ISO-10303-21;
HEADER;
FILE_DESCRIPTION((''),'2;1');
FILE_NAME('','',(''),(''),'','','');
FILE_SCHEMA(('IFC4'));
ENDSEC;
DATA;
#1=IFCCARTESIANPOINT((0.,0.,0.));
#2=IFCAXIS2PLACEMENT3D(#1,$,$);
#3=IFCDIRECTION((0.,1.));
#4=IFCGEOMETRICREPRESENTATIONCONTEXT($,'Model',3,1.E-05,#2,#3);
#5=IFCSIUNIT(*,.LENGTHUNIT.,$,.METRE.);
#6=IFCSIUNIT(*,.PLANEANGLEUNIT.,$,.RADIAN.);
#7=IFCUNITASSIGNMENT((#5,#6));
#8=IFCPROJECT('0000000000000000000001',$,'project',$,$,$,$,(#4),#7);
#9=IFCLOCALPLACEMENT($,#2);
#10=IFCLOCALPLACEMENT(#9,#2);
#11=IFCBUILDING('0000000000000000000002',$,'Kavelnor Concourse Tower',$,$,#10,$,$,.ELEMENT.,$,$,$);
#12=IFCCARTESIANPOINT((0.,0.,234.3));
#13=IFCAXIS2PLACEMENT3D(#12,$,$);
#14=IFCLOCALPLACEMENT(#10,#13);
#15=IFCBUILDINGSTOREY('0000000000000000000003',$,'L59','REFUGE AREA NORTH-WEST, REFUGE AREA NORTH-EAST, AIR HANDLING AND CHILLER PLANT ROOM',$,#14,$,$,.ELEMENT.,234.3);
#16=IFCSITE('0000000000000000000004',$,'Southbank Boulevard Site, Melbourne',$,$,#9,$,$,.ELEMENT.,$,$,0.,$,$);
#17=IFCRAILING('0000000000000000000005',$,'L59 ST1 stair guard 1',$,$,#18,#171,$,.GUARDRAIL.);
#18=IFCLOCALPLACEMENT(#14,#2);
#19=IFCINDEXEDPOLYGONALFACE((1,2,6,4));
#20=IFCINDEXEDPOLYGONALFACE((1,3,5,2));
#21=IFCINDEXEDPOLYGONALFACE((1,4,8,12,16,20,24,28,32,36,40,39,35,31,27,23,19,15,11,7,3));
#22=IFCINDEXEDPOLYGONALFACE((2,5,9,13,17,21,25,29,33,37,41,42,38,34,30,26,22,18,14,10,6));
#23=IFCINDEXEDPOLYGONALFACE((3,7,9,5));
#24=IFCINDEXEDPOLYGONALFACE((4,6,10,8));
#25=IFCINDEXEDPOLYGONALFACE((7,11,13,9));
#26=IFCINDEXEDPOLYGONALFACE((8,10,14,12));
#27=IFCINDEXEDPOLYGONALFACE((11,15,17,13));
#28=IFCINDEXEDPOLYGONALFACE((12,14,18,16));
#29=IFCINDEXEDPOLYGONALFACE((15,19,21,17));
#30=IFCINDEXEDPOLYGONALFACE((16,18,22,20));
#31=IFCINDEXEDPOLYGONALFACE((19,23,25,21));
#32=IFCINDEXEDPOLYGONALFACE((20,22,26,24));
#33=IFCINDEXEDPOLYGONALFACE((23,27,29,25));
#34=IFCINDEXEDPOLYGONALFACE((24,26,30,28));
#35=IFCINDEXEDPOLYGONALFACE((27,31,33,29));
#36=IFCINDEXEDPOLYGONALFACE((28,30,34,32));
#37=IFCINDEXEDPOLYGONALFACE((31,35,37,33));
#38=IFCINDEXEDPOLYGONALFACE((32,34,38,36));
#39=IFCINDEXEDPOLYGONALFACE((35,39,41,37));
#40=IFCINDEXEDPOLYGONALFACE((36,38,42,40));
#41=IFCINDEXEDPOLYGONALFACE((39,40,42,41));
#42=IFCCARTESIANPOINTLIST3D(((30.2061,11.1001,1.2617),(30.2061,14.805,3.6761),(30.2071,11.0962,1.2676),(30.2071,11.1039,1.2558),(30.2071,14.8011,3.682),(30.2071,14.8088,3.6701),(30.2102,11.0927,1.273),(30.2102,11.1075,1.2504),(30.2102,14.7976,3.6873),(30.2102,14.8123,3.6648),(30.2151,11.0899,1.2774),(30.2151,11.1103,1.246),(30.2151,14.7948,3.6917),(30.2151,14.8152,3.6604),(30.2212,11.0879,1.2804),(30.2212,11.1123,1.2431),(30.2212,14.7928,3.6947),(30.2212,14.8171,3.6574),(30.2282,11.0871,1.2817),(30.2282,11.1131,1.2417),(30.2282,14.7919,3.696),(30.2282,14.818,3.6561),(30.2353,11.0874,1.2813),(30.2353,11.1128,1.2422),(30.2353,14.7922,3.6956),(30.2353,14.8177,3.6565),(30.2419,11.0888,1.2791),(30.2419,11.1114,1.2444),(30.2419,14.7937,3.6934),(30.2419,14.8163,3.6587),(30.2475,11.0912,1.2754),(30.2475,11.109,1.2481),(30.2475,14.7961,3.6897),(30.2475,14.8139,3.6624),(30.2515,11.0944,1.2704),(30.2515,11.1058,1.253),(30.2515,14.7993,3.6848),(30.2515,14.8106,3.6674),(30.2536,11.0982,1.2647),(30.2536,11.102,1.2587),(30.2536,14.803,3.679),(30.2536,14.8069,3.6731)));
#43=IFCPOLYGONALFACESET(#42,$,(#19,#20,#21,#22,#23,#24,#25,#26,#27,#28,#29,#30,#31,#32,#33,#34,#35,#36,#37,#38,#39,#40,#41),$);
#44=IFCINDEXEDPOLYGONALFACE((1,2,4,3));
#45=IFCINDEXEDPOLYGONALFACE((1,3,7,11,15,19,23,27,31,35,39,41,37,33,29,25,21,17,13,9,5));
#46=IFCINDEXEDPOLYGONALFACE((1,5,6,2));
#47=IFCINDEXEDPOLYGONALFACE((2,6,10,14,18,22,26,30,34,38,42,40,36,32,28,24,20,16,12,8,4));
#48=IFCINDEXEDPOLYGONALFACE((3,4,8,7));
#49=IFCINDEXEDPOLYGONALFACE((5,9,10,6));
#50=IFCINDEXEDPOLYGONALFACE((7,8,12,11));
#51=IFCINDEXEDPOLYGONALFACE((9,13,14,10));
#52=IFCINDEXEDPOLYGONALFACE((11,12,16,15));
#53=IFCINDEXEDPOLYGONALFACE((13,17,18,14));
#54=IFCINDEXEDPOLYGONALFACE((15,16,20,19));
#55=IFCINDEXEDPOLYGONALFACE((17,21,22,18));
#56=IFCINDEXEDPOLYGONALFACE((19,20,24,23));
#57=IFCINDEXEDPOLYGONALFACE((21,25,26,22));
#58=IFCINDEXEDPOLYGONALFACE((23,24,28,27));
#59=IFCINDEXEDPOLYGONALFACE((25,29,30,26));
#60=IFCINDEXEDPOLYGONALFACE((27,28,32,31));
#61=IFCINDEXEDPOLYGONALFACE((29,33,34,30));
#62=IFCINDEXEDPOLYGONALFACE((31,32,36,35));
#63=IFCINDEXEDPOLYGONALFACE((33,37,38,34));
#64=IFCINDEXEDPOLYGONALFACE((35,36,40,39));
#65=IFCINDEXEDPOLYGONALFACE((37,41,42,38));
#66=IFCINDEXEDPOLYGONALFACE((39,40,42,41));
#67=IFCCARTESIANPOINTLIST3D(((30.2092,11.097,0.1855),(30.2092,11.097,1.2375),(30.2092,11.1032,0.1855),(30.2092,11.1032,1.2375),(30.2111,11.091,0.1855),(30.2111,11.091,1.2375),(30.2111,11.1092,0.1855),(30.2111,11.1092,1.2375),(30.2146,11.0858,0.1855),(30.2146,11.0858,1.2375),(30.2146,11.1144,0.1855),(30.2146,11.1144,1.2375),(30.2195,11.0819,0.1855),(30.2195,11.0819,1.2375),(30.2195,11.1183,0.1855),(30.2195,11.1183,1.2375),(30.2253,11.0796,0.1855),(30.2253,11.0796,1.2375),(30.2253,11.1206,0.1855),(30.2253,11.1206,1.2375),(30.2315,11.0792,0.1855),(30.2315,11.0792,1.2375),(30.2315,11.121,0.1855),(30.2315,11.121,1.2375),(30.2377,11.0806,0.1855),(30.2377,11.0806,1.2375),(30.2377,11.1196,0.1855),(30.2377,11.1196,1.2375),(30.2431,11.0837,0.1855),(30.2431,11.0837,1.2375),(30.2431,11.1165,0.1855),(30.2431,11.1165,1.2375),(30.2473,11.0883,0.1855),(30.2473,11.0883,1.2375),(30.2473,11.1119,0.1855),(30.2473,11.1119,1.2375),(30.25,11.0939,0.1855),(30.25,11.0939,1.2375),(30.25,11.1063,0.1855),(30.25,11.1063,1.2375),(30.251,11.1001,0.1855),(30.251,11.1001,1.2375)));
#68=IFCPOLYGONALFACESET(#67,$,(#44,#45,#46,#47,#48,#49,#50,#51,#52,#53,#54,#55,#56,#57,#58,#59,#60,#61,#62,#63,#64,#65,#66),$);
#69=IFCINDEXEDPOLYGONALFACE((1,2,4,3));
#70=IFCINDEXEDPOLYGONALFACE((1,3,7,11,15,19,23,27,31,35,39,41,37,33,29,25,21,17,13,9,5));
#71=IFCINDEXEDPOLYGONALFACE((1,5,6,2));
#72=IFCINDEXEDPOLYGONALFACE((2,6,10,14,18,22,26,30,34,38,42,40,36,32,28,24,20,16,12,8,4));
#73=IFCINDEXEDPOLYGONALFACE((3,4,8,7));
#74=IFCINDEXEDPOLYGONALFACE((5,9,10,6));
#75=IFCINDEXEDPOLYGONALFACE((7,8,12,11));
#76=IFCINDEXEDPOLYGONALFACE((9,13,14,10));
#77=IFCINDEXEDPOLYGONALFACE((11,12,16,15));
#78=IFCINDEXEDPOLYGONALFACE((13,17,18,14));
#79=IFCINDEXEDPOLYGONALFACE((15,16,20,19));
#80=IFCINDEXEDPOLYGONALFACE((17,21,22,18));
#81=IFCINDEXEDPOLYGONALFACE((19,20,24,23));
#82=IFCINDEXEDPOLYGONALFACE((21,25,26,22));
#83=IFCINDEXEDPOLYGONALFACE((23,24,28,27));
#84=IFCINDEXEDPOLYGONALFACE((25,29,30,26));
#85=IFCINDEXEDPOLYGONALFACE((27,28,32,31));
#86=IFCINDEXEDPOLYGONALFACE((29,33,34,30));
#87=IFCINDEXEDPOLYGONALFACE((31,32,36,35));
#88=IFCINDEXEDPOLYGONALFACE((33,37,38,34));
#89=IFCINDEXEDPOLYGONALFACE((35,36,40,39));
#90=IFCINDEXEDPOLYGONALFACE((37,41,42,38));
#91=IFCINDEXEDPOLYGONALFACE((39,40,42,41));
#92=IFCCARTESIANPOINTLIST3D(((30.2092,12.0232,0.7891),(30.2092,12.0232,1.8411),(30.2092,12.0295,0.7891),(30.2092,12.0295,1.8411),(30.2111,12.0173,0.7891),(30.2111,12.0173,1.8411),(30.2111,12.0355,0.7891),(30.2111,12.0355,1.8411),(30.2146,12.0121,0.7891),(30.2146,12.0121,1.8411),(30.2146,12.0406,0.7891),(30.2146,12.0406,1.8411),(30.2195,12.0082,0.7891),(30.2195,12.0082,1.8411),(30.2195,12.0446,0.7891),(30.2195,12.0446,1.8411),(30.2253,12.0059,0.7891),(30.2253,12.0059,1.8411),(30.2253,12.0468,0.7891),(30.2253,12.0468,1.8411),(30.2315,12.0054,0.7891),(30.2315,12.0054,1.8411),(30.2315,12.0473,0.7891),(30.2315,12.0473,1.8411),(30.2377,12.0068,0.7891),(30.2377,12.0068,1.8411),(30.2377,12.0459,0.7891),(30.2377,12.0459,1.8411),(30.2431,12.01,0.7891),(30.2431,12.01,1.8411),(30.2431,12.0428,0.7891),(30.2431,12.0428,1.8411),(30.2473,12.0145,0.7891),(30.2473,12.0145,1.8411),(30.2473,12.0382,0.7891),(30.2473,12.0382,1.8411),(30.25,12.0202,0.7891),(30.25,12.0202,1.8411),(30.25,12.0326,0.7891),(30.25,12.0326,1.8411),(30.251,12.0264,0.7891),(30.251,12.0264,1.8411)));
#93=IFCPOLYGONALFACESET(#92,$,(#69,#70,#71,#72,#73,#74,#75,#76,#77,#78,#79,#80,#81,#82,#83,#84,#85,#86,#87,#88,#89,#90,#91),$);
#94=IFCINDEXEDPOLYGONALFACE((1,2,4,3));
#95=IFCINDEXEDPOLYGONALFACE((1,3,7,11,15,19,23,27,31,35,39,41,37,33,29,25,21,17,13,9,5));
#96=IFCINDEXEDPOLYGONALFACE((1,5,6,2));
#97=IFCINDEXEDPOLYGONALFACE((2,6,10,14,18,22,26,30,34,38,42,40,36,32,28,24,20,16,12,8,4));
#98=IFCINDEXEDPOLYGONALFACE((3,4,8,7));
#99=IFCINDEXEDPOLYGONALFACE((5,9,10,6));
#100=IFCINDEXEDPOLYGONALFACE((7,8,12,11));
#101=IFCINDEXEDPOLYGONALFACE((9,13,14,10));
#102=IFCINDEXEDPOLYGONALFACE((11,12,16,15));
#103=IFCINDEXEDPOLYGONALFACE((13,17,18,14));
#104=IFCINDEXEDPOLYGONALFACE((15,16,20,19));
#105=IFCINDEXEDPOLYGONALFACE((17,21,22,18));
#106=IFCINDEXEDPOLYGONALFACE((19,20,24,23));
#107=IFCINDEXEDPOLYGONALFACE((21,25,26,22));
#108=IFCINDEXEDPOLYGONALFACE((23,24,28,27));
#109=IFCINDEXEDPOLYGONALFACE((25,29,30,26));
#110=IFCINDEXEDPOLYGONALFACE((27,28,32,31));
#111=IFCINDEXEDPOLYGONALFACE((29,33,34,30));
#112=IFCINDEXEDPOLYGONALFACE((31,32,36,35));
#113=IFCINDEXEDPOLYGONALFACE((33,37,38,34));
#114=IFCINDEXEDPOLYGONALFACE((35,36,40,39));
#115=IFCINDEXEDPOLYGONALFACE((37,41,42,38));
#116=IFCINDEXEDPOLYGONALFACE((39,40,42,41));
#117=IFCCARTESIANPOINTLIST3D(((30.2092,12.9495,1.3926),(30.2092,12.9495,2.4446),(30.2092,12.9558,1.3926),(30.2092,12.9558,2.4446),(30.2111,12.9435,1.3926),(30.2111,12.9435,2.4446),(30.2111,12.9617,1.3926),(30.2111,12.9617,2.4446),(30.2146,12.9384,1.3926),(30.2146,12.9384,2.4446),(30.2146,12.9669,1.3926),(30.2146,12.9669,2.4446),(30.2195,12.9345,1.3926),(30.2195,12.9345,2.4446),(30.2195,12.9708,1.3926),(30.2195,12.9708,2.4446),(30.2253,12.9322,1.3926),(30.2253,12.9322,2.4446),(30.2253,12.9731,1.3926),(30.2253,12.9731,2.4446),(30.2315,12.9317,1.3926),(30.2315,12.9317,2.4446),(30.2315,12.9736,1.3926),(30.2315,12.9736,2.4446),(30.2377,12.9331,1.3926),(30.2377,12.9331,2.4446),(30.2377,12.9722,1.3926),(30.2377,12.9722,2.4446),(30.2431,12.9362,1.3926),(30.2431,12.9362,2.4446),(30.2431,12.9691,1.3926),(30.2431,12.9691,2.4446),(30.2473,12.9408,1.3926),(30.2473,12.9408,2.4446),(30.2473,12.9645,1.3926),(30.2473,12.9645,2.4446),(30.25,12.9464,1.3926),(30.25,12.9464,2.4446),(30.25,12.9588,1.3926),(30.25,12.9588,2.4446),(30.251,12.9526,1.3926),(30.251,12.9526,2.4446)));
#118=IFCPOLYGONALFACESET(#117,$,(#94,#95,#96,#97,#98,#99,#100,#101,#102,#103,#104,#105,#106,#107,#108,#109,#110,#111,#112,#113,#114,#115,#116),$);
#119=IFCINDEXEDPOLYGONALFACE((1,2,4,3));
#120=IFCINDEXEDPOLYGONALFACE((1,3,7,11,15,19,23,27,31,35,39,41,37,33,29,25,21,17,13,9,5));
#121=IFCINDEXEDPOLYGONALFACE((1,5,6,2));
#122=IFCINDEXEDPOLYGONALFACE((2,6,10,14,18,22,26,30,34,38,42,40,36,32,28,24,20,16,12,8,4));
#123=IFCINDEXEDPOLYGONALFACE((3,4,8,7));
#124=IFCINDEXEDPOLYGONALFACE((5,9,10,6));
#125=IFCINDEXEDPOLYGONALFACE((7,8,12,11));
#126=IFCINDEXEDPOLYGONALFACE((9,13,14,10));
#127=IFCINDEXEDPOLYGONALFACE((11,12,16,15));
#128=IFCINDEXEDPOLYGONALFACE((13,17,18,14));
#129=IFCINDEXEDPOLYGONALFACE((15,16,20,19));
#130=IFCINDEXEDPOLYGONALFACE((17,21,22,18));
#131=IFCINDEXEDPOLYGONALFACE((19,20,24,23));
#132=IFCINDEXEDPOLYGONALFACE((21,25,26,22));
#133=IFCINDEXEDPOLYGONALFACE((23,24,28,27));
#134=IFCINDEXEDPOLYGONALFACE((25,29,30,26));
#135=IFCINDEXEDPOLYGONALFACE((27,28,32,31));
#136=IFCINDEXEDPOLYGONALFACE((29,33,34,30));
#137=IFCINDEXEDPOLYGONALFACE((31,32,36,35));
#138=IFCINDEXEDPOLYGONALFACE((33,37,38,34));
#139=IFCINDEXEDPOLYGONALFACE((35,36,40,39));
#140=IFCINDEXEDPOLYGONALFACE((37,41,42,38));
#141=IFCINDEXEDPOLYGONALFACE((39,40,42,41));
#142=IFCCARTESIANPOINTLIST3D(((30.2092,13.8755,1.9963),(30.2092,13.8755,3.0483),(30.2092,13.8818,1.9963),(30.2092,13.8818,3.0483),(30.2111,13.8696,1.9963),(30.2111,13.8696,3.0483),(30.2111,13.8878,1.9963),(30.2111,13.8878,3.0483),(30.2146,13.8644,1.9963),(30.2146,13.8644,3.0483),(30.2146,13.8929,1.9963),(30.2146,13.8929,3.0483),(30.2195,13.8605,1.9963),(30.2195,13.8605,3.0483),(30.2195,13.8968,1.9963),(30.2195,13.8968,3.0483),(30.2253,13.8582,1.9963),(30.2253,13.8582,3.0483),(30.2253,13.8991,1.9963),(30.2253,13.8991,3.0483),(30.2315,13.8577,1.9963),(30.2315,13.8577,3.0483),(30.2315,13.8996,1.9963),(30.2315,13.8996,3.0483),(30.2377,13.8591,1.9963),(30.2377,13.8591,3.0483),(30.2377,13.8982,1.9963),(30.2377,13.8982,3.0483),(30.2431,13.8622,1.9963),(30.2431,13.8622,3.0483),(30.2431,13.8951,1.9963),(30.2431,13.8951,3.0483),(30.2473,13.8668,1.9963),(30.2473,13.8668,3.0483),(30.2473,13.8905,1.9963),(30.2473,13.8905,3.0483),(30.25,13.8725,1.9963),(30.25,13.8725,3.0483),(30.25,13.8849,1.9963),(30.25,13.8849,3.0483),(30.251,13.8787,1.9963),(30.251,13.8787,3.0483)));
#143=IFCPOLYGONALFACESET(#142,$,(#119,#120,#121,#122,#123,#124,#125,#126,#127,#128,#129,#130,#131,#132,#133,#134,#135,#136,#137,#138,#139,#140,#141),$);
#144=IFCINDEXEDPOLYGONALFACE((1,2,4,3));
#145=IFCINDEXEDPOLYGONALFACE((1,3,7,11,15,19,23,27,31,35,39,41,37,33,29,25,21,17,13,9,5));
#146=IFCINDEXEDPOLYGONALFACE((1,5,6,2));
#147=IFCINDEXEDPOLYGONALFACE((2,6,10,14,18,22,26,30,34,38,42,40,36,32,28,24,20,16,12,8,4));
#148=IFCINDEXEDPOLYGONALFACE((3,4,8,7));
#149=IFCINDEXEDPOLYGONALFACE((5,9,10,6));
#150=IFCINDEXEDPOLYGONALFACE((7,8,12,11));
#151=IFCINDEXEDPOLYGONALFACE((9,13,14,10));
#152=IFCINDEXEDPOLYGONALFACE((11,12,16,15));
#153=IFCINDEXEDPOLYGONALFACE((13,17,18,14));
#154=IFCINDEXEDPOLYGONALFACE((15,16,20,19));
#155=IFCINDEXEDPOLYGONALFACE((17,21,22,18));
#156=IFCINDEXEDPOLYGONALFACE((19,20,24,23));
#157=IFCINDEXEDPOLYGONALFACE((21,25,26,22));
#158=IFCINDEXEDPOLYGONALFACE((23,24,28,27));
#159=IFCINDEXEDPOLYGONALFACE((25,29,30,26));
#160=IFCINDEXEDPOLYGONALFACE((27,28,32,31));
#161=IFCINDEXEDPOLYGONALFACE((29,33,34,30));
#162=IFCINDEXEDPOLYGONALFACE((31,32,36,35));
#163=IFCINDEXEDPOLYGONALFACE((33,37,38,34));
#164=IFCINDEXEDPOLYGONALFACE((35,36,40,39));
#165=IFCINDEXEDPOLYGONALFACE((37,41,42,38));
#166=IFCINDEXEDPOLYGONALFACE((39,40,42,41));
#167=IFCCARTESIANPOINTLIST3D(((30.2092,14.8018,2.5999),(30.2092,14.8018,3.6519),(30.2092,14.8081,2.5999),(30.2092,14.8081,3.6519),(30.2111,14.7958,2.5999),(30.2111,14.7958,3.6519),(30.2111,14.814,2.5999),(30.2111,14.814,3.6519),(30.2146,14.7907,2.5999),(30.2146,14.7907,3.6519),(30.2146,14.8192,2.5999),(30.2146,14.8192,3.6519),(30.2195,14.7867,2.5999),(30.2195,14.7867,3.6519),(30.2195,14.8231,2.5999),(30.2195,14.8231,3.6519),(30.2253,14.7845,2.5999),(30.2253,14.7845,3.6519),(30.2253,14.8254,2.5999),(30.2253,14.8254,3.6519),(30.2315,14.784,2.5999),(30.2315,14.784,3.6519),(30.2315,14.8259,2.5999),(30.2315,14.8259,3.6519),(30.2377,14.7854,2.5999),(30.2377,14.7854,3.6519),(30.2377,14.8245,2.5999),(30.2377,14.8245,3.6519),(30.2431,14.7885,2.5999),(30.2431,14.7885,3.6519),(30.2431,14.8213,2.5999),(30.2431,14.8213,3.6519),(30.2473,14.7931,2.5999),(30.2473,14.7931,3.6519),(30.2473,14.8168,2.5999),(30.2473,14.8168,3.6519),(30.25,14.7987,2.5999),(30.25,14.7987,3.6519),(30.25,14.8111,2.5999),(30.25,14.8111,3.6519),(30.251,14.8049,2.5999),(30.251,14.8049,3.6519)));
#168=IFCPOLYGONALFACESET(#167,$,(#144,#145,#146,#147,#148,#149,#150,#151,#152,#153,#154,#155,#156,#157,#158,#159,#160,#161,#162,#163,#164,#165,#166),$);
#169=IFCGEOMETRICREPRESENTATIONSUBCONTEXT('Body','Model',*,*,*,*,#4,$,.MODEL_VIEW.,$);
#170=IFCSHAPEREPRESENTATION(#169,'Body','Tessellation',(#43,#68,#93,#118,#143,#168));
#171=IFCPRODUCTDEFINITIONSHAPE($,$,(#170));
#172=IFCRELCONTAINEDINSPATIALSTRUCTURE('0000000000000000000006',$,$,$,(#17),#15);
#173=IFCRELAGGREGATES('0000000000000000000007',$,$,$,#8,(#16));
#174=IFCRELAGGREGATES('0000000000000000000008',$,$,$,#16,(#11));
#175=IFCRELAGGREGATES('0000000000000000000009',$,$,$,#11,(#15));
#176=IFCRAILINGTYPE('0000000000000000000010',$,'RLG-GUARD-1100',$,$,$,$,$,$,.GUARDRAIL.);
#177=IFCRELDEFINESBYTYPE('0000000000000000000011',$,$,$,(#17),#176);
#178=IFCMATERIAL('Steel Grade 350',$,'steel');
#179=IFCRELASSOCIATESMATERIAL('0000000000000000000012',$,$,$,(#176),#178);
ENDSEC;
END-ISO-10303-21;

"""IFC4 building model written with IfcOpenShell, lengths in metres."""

from ifc_helpers import new_model, si_unit, direction, frame, origin, origin_2d, place, context, subcontext, project, spatial, circle, extrude, material, type_object, element, save


model = new_model("IFC4")

# Units and contexts
model_context = context("Model", 3, precision=1e-05, world=origin(), true_north=direction((0.0, 1.0)))
body_context = subcontext(model_context, "Body", "Model", "MODEL_VIEW")
ifc_project = project(units=[si_unit("LENGTHUNIT", "METRE"), si_unit("PLANEANGLEUNIT", "RADIAN")], contexts=[model_context])

# Site, building, storey
site_placement = place(None, origin())
site = spatial("IfcSite", under=ifc_project, at=site_placement, Name="Southbank Boulevard Site, Melbourne", CompositionType="ELEMENT", RefElevation=0.0)
building_placement = place(site_placement, origin())
building = spatial("IfcBuilding", under=site, at=building_placement, Name="Kavelnor Concourse Tower", CompositionType="ELEMENT")
storey_placement = place(building_placement, frame((0.0, 0.0, 234.3)))
storey = spatial("IfcBuildingStorey", under=building, at=storey_placement, Name="L59", Description="REFUGE AREA NORTH-WEST, REFUGE AREA NORTH-EAST, AIR HANDLING AND CHILLER PLANT ROOM", CompositionType="ELEMENT", Elevation=234.3)

# Shared definitions
ifc_material_1 = material(Name="Steel Grade 350", Category="steel")

# Railing
railing_type_1 = type_object("IfcRailingType", Name="RLG-GUARD-1100", PredefinedType="GUARDRAIL", material=ifc_material_1)
railing_1_placement = place(storey_placement, frame((30.23, 11.1001, 0.1855)))
element("IfcRailing", 1, at=railing_1_placement, inside=storey, type_object=railing_type_1, Name="L59 ST1 stair guard 1", PredefinedType="GUARDRAIL", context=body_context, shape_type="SweptSolid", body=[
    extrude(circle(Radius=0.0239, at=origin_2d()), frame((0.0, 0.0, 1.0762), z_axis=(0.0, 0.837806, 0.545968), x_axis=(-1.0, 0.0, 0.0)), (0.0, 0.0, 1.0), 4.4221),
    extrude(circle(Radius=0.021, at=origin_2d()), origin(), (0.0, 0.0, 1.0), 1.052),
    extrude(circle(Radius=0.021, at=origin_2d()), frame((0.0, 0.9263, 0.6035)), (0.0, 0.0, 1.0), 1.052),
    extrude(circle(Radius=0.021, at=origin_2d()), frame((0.0, 1.8525, 1.207)), (0.0, 0.0, 1.0), 1.052),
    extrude(circle(Radius=0.021, at=origin_2d()), frame((0.0, 2.7786, 1.8108)), (0.0, 0.0, 1.0), 1.052),
    extrude(circle(Radius=0.021, at=origin_2d()), frame((0.0, 3.7048, 2.4143)), (0.0, 0.0, 1.0), 1.052),
])

save(model, "model.ifc")
